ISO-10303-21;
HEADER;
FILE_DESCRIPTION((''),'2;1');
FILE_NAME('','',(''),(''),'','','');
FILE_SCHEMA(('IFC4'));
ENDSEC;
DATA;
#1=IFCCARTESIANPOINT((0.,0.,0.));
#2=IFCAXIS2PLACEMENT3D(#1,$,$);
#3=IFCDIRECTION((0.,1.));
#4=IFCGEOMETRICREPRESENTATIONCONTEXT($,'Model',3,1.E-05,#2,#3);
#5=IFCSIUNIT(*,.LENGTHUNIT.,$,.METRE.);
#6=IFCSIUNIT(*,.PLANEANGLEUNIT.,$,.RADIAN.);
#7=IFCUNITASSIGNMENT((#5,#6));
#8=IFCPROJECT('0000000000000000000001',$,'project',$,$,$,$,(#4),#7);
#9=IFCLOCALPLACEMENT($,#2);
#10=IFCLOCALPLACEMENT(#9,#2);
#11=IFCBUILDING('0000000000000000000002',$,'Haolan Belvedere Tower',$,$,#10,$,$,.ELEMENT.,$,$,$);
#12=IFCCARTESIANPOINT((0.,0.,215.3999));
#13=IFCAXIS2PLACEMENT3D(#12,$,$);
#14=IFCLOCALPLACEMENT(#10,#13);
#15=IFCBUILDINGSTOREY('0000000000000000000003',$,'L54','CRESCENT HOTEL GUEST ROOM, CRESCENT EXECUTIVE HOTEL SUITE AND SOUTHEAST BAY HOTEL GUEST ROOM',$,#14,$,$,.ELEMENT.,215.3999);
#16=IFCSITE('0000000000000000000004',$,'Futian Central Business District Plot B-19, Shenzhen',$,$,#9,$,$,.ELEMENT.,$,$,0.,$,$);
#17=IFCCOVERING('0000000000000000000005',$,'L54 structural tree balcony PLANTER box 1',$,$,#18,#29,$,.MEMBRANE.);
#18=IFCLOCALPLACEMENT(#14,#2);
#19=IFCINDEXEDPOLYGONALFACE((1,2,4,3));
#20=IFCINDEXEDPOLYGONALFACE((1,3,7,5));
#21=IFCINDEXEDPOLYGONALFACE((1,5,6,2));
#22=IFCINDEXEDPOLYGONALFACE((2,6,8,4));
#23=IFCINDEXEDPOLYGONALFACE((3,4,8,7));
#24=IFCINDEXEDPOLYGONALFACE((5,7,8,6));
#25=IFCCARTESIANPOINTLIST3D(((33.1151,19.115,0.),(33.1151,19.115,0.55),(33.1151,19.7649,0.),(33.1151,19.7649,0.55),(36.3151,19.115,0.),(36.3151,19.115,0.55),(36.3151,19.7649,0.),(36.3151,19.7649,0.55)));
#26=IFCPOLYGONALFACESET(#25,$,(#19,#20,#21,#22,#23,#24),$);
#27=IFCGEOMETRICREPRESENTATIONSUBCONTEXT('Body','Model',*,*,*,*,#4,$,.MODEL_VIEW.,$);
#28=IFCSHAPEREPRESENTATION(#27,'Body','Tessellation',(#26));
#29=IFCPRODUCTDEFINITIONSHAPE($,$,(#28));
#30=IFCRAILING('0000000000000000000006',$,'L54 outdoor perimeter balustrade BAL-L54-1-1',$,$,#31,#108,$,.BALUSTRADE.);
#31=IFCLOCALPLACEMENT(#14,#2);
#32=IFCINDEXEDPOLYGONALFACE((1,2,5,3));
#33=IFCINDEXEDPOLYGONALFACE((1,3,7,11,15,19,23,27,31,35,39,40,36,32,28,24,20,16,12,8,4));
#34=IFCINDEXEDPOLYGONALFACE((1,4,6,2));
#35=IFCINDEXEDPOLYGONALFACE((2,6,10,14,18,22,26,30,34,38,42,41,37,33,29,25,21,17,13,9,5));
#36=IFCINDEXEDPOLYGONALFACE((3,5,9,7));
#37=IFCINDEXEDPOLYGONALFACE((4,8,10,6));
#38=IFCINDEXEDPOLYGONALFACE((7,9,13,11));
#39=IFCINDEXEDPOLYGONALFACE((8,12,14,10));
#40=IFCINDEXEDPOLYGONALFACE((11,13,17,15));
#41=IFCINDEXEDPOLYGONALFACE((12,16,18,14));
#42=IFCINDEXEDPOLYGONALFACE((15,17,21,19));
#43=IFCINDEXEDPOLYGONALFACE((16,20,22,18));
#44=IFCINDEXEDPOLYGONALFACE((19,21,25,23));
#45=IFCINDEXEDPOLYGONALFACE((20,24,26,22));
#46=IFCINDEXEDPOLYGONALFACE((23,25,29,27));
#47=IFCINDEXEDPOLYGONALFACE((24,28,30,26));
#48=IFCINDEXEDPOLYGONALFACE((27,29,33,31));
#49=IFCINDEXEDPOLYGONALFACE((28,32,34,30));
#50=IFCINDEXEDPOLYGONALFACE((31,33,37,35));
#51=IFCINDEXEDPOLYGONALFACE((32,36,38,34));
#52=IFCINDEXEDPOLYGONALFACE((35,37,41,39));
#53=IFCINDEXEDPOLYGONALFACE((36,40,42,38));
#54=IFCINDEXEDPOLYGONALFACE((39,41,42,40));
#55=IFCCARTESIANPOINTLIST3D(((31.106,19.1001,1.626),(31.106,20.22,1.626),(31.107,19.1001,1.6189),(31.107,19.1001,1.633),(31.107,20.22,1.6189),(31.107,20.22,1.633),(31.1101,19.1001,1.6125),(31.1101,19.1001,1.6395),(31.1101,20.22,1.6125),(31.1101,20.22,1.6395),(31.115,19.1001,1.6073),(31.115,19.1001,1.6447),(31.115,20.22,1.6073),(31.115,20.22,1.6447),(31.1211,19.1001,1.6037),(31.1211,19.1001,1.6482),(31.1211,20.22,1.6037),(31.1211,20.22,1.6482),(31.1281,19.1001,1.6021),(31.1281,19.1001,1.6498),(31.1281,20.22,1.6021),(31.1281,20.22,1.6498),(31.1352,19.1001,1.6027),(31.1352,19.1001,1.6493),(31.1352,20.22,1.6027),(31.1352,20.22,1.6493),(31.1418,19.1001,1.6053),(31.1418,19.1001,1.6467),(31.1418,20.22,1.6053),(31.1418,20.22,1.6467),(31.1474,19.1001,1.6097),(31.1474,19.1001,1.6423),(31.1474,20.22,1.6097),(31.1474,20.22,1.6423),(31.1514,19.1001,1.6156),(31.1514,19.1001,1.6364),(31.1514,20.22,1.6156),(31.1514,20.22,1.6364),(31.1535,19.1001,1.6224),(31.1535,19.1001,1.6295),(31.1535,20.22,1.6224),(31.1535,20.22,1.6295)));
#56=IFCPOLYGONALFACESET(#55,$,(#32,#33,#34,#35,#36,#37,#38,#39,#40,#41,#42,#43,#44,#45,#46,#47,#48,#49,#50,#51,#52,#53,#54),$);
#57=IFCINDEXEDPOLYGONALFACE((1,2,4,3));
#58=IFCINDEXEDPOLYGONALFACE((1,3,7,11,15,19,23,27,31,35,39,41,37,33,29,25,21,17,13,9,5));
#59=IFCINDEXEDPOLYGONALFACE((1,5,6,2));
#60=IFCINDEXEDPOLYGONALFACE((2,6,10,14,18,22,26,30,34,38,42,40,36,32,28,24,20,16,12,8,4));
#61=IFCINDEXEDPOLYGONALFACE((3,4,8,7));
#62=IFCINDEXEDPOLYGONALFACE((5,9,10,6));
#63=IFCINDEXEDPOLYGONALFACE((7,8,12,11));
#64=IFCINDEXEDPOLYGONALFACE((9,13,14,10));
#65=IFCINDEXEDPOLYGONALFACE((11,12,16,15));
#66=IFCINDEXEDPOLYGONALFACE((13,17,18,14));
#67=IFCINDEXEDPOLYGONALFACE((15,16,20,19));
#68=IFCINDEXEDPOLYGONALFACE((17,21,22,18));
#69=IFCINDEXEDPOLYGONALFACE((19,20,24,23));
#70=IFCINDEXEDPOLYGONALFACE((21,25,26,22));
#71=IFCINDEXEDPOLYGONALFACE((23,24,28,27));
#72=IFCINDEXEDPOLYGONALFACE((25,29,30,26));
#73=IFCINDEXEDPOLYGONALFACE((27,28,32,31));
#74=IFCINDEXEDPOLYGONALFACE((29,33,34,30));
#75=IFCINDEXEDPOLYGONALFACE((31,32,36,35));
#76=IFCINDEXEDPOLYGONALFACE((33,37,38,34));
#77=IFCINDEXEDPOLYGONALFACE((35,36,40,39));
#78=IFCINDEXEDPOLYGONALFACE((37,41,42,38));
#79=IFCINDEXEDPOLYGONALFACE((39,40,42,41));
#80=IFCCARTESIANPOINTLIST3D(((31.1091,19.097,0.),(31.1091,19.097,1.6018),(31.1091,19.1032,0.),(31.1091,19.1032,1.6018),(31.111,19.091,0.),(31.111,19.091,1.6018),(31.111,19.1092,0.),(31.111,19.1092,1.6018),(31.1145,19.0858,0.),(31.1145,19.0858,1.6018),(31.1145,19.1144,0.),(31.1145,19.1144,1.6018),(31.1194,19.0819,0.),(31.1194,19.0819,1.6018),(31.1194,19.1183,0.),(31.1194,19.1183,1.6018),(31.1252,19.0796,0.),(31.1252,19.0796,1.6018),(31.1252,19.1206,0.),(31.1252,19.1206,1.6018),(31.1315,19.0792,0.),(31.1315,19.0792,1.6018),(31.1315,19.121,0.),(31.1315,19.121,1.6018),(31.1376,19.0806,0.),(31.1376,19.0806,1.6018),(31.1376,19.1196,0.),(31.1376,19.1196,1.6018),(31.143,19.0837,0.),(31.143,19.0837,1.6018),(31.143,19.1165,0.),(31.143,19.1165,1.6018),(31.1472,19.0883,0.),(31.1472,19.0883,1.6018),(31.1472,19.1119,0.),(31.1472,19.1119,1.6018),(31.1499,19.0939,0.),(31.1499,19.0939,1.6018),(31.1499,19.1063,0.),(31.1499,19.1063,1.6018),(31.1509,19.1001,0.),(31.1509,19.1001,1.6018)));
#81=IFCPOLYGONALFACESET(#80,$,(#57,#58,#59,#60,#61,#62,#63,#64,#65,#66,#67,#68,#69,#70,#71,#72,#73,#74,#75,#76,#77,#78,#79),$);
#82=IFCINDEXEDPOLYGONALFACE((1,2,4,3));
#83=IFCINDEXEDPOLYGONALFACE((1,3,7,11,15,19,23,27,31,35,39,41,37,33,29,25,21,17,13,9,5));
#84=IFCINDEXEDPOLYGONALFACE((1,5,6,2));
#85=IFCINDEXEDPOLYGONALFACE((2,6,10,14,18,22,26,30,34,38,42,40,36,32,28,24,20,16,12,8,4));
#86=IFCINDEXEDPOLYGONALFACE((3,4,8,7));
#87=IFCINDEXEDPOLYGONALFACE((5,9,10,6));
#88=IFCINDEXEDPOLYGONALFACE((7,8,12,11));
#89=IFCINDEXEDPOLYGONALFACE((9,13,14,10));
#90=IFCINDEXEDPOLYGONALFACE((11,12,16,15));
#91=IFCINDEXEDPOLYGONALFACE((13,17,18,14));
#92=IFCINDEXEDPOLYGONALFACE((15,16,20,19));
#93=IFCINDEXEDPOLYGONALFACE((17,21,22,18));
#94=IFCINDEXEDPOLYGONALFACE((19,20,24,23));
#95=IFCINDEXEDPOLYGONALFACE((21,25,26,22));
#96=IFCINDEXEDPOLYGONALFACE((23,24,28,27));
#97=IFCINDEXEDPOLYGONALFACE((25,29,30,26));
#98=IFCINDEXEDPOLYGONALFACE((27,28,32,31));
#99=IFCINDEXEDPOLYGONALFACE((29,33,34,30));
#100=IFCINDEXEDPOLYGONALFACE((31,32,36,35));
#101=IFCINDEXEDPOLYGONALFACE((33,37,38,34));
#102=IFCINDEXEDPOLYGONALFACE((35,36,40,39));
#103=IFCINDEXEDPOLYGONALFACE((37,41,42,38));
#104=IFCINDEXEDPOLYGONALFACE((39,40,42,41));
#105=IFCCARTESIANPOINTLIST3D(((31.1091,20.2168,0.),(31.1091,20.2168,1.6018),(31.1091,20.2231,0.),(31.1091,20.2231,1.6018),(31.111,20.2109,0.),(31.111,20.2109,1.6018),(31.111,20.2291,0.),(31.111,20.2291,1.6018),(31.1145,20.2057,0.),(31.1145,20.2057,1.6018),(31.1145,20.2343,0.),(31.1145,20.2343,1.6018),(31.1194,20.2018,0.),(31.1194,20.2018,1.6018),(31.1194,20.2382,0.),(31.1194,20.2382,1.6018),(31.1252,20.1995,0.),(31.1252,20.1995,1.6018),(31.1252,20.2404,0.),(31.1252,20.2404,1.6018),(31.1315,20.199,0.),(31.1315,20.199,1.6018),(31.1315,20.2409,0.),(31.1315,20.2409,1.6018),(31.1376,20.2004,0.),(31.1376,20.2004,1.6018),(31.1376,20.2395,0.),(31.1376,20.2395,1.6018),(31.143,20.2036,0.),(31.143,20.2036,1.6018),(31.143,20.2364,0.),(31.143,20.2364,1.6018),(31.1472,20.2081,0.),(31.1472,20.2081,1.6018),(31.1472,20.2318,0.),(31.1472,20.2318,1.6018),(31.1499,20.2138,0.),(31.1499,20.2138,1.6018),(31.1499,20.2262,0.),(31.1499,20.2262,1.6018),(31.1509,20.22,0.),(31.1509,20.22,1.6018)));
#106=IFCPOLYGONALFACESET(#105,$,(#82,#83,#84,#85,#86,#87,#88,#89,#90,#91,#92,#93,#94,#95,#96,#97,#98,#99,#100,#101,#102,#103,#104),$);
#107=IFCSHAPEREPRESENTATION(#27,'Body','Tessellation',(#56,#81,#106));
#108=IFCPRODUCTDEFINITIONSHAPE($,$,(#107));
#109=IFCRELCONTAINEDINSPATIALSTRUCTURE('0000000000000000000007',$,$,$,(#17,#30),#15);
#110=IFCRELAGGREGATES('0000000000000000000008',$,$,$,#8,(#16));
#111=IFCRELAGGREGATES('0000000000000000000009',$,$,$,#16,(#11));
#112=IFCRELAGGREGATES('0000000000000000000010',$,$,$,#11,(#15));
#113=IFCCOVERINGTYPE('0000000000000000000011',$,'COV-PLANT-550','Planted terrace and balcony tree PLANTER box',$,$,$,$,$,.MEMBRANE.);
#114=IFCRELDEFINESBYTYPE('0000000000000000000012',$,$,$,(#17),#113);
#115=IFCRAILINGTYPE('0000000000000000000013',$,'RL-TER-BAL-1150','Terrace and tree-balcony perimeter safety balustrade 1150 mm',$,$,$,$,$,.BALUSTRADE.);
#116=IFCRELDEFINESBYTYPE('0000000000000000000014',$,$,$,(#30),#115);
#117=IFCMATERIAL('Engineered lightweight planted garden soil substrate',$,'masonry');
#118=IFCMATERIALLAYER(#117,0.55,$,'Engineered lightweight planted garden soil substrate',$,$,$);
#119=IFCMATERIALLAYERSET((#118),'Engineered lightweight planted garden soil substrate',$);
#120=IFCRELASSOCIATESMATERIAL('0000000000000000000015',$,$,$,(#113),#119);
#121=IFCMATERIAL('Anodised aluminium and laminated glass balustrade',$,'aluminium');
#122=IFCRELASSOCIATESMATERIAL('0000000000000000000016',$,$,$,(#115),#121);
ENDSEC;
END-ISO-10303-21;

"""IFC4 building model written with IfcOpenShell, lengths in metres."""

from ifc_helpers import new_model, si_unit, direction, frame, origin, origin_2d, place, context, subcontext, project, spatial, rectangle, circle, extrude, material, layer, layer_set, type_object, element, save


model = new_model("IFC4")

# Units and contexts
model_context = context("Model", 3, precision=1e-05, world=origin(), true_north=direction((0.0, 1.0)))
body_context = subcontext(model_context, "Body", "Model", "MODEL_VIEW")
ifc_project = project(units=[si_unit("LENGTHUNIT", "METRE"), si_unit("PLANEANGLEUNIT", "RADIAN")], contexts=[model_context])

# Site, building, storey
site_placement = place(None, origin())
site = spatial("IfcSite", under=ifc_project, at=site_placement, Name="Futian Central Business District Plot B-19, Shenzhen", CompositionType="ELEMENT", RefElevation=0.0)
building_placement = place(site_placement, origin())
building = spatial("IfcBuilding", under=site, at=building_placement, Name="Haolan Belvedere Tower", CompositionType="ELEMENT")
storey_placement = place(building_placement, frame((0.0, 0.0, 215.3999)))
storey = spatial("IfcBuildingStorey", under=building, at=storey_placement, Name="L54", Description="CRESCENT HOTEL GUEST ROOM, CRESCENT EXECUTIVE HOTEL SUITE AND SOUTHEAST BAY HOTEL GUEST ROOM", CompositionType="ELEMENT", Elevation=215.3999)

# Covering
ifc_material_1 = material(Name="Engineered lightweight planted garden soil substrate", Category="masonry")
ifc_layer_1 = layer(ifc_material_1, 0.55, Name="Engineered lightweight planted garden soil substrate")
ifc_layer_set_1 = layer_set([ifc_layer_1], Name="Engineered lightweight planted garden soil substrate")
covering_type = type_object("IfcCoveringType", Name="COV-PLANT-550", Description="Planted terrace and balcony tree PLANTER box", PredefinedType="MEMBRANE", material=ifc_layer_set_1)
covering_placement = place(storey_placement, frame((34.7151, 19.4399, 0.0), z_axis=(0.0, 0.0, 1.0), x_axis=(1.0, 0.0, 0.0)))
element("IfcCovering", 1, at=covering_placement, inside=storey, type_object=covering_type, Name="L54 structural tree balcony PLANTER box 1", PredefinedType="MEMBRANE", context=body_context, shape_type="SweptSolid", body=[
    extrude(rectangle(XDim=3.2, YDim=0.6499, at=origin_2d()), origin(), (0.0, 0.0, 1.0), 0.55),
])

# Railing
ifc_material_2 = material(Name="Anodised aluminium and laminated glass balustrade", Category="aluminium")
railing_type = type_object("IfcRailingType", Name="RL-TER-BAL-1150", Description="Terrace and tree-balcony perimeter safety balustrade 1150 mm", PredefinedType="BALUSTRADE", material=ifc_material_2)
railing_1_placement = place(storey_placement, frame((31.1299, 19.1001, 0.0)))
element("IfcRailing", 2, at=railing_1_placement, inside=storey, type_object=railing_type, Name="L54 outdoor perimeter balustrade BAL-L54-1-1", PredefinedType="BALUSTRADE", context=body_context, shape_type="SweptSolid", body=[
    extrude(circle(Radius=0.0239, at=origin_2d()), frame((0.0, 0.0, 1.626), z_axis=(0.0, 1.0, 0.0), x_axis=(-1.0, 0.0, 0.0)), (0.0, 0.0, 1.0), 1.1199),
    extrude(circle(Radius=0.021, at=origin_2d()), origin(), (0.0, 0.0, 1.0), 1.6018),
    extrude(circle(Radius=0.021, at=origin_2d()), frame((0.0, 1.1199, 0.0)), (0.0, 0.0, 1.0), 1.6018),
])

save(model, "model.ifc")
